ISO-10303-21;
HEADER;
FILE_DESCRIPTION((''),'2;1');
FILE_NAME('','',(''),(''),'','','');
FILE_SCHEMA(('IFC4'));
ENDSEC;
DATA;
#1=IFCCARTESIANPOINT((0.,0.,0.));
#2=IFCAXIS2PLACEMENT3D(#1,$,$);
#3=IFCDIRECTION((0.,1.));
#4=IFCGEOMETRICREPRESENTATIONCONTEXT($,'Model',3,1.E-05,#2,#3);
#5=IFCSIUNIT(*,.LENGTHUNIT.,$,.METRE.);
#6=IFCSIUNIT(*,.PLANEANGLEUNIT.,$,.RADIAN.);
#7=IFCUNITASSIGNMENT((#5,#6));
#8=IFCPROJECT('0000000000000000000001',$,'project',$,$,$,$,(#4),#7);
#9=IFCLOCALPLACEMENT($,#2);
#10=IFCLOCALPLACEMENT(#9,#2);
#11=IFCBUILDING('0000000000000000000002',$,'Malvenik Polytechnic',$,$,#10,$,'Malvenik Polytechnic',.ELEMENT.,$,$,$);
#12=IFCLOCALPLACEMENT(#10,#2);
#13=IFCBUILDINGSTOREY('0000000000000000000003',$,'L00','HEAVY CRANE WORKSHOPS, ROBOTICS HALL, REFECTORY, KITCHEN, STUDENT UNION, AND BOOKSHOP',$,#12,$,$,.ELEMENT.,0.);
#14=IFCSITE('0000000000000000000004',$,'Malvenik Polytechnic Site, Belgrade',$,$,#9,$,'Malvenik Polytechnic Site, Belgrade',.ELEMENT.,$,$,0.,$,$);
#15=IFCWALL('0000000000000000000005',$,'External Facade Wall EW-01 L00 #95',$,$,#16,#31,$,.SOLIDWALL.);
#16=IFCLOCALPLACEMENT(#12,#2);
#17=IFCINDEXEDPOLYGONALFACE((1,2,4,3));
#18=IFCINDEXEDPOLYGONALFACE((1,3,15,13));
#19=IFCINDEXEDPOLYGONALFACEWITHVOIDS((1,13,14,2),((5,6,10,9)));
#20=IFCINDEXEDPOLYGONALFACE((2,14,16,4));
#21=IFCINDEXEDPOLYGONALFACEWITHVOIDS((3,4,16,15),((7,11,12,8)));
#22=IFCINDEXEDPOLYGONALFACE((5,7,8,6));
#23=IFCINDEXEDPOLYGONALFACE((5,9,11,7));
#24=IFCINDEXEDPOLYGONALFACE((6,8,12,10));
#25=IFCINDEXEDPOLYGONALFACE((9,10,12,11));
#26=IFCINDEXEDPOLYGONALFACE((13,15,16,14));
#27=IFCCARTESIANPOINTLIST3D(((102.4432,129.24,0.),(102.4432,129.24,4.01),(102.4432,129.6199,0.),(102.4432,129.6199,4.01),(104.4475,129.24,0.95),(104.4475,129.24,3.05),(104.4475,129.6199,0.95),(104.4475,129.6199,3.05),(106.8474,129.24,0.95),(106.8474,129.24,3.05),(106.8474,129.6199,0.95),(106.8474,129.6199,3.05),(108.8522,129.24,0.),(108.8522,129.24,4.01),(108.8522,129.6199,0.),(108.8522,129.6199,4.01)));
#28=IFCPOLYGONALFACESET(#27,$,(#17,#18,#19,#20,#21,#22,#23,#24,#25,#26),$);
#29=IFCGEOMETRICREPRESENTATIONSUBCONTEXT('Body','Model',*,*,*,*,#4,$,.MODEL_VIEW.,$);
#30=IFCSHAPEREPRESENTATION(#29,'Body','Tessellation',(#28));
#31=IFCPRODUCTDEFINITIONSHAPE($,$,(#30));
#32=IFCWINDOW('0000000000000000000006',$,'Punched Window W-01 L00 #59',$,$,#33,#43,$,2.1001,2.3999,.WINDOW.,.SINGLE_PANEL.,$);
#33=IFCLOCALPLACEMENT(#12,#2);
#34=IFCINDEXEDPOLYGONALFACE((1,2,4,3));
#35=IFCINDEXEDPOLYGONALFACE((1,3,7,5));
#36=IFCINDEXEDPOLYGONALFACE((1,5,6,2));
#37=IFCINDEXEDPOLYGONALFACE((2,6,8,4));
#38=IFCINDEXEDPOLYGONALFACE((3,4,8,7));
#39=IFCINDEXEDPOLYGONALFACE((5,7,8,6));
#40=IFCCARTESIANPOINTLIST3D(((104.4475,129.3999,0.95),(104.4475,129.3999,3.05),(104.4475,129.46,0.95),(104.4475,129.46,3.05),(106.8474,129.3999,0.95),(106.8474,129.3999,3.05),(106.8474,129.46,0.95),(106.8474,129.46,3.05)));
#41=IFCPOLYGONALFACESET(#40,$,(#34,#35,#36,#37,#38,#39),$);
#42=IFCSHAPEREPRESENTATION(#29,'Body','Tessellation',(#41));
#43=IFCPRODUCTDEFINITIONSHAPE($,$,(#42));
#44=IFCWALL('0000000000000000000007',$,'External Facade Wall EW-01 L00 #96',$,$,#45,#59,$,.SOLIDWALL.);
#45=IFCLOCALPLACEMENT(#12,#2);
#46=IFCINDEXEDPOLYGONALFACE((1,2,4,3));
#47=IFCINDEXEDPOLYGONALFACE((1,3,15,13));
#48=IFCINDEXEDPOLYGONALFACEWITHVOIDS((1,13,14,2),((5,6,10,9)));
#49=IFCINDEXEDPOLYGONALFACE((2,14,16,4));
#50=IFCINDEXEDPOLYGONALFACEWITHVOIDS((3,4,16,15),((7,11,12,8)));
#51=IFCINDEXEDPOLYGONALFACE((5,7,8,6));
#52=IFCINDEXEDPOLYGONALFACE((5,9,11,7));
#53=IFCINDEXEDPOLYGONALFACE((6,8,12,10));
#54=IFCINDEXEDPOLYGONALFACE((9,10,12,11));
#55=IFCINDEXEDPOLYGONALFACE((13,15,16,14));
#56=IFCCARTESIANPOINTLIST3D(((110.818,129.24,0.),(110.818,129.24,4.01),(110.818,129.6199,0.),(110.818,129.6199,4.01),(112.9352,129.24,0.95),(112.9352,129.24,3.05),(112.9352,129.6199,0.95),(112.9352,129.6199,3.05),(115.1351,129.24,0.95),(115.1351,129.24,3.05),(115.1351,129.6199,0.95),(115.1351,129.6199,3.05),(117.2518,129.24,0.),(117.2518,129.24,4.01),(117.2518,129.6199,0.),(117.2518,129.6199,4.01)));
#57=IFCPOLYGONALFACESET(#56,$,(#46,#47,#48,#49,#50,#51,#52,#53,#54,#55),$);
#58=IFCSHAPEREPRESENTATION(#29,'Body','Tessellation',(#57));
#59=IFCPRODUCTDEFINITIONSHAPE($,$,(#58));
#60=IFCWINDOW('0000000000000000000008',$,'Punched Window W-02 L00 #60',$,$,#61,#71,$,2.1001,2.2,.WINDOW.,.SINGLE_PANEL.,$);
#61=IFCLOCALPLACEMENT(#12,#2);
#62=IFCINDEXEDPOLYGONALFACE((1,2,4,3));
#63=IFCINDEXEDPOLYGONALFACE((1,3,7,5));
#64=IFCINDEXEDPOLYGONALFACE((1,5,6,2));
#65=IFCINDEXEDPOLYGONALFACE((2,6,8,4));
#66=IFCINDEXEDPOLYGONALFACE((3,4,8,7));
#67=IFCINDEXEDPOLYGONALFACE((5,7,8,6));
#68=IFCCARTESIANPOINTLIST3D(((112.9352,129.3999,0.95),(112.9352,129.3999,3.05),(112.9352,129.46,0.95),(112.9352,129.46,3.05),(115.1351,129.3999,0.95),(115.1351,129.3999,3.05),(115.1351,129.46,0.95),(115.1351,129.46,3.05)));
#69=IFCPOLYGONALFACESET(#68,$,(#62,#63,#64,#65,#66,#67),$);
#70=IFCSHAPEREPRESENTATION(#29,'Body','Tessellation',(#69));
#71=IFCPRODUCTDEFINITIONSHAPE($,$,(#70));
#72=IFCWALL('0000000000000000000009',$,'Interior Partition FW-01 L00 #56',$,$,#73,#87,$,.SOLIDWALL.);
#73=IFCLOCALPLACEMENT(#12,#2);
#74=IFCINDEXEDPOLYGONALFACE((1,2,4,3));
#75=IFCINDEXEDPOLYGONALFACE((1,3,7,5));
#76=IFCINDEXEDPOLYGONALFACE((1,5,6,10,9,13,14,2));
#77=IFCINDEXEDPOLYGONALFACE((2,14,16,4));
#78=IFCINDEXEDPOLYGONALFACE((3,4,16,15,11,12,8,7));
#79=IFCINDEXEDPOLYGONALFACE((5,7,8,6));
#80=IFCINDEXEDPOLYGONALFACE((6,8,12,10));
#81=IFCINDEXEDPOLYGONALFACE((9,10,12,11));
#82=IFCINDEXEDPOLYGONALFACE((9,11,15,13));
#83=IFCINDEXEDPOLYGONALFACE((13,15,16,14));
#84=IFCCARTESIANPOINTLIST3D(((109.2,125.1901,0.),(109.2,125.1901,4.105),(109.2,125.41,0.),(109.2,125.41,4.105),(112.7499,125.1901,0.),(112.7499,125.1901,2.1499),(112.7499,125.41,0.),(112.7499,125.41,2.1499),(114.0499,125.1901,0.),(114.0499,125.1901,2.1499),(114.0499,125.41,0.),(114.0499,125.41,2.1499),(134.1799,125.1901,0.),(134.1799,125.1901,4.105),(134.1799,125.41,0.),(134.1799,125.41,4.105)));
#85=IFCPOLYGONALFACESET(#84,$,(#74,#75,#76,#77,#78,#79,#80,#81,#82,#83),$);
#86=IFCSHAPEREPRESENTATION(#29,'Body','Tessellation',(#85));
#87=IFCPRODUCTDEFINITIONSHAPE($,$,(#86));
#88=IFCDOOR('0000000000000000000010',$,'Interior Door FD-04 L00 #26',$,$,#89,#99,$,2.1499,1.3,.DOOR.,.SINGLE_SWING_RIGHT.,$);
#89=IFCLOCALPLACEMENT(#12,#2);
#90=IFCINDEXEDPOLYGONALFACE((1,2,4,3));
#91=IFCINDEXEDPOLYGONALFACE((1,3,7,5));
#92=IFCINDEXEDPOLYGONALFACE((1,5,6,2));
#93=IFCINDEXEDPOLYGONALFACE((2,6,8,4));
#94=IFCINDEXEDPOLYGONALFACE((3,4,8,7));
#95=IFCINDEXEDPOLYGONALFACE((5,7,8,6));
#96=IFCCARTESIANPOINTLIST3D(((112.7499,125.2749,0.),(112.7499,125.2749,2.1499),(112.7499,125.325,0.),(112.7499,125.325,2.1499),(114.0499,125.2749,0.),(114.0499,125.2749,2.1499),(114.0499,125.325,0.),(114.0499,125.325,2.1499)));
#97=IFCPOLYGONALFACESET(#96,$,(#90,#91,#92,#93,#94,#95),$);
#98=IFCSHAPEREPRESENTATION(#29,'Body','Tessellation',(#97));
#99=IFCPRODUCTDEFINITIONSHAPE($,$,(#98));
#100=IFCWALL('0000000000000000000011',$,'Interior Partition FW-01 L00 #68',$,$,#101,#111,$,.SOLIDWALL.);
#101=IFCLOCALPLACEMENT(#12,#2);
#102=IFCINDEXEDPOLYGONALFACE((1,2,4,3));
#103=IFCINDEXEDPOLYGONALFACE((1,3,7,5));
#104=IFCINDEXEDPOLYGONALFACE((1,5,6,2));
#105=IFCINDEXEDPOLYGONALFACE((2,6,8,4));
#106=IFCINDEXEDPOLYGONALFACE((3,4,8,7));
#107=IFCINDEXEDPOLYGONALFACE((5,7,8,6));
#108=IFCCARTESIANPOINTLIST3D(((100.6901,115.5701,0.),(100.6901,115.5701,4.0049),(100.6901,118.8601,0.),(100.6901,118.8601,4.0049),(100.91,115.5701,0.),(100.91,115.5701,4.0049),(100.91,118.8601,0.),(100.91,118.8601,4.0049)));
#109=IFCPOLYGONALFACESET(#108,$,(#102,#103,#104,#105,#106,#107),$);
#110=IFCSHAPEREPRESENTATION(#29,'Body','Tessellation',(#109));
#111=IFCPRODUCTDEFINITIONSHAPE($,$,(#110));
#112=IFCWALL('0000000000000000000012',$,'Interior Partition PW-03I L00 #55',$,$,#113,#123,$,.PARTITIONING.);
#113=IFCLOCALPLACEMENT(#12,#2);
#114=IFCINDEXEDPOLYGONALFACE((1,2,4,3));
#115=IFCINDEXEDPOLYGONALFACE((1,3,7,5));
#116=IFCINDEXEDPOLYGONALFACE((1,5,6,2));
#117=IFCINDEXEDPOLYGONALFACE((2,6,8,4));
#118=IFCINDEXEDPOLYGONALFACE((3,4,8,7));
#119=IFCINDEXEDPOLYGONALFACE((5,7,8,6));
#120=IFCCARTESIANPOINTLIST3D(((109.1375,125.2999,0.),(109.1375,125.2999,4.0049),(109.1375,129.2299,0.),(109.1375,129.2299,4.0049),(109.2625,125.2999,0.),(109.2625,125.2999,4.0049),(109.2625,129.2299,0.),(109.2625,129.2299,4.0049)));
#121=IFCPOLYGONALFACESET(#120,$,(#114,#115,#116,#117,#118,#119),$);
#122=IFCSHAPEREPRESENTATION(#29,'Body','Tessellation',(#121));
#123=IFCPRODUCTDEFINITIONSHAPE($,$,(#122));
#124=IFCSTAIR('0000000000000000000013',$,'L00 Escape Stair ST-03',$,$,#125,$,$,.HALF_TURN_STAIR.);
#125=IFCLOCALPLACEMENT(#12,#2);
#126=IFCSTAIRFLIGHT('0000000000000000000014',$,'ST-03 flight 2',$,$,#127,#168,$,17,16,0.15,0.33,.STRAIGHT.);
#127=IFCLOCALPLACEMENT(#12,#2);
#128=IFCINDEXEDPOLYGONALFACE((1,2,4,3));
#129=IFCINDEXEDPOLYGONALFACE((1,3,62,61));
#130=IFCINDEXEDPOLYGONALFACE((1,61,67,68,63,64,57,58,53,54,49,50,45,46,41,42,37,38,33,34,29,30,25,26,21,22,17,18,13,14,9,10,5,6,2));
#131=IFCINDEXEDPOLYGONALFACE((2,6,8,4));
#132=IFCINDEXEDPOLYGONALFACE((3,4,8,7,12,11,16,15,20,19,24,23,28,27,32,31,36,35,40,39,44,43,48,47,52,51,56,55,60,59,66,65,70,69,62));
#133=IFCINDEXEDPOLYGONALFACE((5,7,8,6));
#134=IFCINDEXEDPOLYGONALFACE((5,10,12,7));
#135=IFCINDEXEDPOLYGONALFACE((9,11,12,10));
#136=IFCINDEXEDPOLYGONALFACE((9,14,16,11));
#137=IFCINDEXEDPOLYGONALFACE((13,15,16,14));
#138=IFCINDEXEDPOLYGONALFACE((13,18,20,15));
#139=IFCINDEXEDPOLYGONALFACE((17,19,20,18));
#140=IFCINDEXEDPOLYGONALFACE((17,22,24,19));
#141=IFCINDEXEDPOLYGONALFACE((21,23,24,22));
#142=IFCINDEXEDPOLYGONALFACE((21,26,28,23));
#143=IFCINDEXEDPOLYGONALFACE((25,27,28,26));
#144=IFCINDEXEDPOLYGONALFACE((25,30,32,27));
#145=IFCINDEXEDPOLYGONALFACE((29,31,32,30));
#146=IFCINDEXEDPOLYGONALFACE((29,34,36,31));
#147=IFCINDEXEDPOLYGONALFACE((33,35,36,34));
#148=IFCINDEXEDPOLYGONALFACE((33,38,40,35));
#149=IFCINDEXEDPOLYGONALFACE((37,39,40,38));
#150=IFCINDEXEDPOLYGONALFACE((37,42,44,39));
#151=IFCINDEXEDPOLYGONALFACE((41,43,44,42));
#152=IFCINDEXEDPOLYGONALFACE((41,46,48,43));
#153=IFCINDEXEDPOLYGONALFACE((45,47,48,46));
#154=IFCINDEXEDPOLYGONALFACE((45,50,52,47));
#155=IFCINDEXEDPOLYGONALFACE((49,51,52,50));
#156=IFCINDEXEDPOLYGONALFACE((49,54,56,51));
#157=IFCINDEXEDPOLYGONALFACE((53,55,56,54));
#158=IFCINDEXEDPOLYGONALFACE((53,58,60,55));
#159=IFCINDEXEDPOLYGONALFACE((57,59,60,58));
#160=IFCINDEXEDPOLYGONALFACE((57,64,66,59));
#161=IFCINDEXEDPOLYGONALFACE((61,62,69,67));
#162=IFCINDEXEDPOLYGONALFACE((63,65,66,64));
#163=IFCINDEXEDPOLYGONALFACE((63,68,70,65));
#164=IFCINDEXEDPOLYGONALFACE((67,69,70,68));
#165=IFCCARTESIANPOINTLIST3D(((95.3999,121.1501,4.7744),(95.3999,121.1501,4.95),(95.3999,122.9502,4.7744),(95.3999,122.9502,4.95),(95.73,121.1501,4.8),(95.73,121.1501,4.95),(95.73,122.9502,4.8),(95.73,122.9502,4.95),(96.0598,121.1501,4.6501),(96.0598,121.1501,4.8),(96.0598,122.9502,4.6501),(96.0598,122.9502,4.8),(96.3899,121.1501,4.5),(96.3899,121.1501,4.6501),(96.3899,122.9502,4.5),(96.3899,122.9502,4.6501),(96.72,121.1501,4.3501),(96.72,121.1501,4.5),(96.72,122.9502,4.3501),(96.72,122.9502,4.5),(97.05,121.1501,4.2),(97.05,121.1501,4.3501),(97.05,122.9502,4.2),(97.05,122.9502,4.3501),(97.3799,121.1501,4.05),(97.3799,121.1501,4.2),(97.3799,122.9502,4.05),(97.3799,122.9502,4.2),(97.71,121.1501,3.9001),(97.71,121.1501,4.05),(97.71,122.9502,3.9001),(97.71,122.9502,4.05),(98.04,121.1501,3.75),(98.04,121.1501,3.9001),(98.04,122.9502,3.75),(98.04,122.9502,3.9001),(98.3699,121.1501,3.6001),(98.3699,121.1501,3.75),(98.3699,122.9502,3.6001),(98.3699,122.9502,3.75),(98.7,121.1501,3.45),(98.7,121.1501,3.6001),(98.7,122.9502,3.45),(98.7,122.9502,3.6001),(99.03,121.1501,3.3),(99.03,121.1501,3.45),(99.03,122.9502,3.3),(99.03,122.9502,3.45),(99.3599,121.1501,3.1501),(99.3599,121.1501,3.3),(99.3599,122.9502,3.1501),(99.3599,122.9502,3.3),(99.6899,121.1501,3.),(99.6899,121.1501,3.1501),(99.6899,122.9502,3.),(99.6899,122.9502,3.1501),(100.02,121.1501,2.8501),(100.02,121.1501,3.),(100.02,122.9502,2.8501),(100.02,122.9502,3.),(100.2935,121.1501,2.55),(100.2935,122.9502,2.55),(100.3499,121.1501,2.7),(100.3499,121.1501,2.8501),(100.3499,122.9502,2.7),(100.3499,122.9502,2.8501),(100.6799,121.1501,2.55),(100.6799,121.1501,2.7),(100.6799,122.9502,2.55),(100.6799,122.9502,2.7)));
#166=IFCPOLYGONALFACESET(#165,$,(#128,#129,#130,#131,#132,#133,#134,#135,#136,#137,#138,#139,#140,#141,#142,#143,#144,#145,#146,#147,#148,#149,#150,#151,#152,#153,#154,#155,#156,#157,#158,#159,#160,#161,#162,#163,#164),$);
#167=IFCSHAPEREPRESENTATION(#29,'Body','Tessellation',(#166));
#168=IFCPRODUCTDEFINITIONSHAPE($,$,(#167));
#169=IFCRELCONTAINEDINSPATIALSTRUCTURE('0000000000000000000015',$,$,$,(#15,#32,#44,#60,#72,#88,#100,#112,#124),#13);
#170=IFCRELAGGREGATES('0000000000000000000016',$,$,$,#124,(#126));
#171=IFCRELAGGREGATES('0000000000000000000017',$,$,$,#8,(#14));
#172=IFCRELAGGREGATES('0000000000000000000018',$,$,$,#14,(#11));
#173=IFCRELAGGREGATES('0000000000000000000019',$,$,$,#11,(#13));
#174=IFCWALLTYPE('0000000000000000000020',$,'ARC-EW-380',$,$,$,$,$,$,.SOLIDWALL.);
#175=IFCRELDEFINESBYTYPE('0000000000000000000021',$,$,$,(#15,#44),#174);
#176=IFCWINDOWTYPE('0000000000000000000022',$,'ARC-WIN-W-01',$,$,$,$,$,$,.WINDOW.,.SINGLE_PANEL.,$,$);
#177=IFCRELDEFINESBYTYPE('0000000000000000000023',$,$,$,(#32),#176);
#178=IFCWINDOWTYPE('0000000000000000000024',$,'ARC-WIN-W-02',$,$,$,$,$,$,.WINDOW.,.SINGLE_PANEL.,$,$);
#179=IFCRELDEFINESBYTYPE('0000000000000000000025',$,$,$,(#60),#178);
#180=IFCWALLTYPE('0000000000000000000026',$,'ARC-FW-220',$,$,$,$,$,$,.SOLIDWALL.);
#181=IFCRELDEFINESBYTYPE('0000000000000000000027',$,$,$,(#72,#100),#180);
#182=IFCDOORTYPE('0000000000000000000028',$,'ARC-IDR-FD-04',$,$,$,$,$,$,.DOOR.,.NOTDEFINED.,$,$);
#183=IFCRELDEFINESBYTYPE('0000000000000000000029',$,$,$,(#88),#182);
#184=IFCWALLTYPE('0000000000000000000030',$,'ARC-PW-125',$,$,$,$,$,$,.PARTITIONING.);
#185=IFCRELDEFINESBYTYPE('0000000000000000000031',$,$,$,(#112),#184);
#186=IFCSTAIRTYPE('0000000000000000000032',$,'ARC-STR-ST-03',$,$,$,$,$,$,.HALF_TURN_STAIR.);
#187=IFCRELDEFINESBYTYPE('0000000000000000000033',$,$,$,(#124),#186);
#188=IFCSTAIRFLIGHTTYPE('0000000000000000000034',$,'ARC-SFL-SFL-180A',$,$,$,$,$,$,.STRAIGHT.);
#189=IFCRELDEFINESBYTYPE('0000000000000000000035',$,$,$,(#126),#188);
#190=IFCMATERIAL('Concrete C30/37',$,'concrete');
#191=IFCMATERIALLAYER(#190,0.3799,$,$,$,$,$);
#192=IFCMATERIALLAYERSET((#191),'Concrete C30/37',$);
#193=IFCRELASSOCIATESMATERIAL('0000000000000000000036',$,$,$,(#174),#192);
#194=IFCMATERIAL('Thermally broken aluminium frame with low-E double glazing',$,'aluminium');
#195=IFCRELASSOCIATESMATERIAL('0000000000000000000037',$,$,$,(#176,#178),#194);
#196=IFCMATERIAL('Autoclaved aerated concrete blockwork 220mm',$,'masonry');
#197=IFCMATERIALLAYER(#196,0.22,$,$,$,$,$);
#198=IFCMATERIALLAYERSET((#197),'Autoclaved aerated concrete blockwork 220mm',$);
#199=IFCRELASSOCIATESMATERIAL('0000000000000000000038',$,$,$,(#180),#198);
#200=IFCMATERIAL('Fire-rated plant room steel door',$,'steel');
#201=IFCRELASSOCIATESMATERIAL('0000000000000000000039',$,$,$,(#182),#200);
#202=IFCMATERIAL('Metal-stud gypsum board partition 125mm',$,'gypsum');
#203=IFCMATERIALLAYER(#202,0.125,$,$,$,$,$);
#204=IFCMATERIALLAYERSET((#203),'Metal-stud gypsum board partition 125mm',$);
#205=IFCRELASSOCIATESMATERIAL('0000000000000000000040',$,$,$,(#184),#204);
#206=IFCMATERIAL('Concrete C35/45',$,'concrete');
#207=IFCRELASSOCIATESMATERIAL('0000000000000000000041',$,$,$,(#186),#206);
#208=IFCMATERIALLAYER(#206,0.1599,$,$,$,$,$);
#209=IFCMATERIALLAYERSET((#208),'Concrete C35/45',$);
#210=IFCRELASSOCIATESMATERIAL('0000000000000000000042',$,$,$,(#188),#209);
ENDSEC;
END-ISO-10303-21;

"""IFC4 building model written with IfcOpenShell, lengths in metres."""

from ifc_helpers import new_model, si_unit, direction, frame, frame_2d, origin, place, context, subcontext, project, spatial, polyline, rectangle, outline, extrude, material, layer, layer_set, type_object, element, fill, aggregate, save


model = new_model("IFC4")

# Units and contexts
model_context = context("Model", 3, precision=1e-05, world=origin(), true_north=direction((0.0, 1.0)))
body_context = subcontext(model_context, "Body", "Model", "MODEL_VIEW")
ifc_project = project(units=[si_unit("LENGTHUNIT", "METRE"), si_unit("PLANEANGLEUNIT", "RADIAN")], contexts=[model_context])

# Site, building, storey
site_placement = place(None, origin())
site = spatial("IfcSite", under=ifc_project, at=site_placement, Name="Malvenik Polytechnic Site, Belgrade", LongName="Malvenik Polytechnic Site, Belgrade", CompositionType="ELEMENT", RefElevation=0.0)
building_placement = place(site_placement, origin())
building = spatial("IfcBuilding", under=site, at=building_placement, Name="Malvenik Polytechnic", LongName="Malvenik Polytechnic", CompositionType="ELEMENT")
storey_placement = place(building_placement, origin())
storey = spatial("IfcBuildingStorey", under=building, at=storey_placement, Name="L00", Description="HEAVY CRANE WORKSHOPS, ROBOTICS HALL, REFECTORY, KITCHEN, STUDENT UNION, AND BOOKSHOP", CompositionType="ELEMENT", Elevation=0.0)

# Shared definitions
ifc_material_1 = material(Name="Concrete C35/45", Category="concrete")

# Walls, openings, windows
ifc_material_2 = material(Name="Concrete C30/37", Category="concrete")
ifc_layer_1 = layer(ifc_material_2, 0.3799)
ifc_layer_set_1 = layer_set([ifc_layer_1], Name="Concrete C30/37")
wall_type_1 = type_object("IfcWallType", Name="ARC-EW-380", PredefinedType="SOLIDWALL", material=ifc_layer_set_1)
wall_1_placement = place(storey_placement, frame((102.4431, 129.4299, 0.0), z_axis=(0.0, 0.0, 1.0), x_axis=(1.0, 0.0, 0.0)))
wall_1 = element("IfcWall", 1, at=wall_1_placement, inside=storey, type_object=wall_type_1, Name="External Facade Wall EW-01 L00 #95", PredefinedType="SOLIDWALL", context=body_context, shape_type="SweptSolid", body=[
    extrude(rectangle(XDim=6.4089, YDim=0.3799, at=frame_2d((3.2046, 0.0))), origin(), (0.0, 0.0, 1.0), 4.01),
])
opening_1_placement = place(wall_1_placement, frame((2.0044, 0.0, 0.95)))
opening_1 = element("IfcOpeningElement", 2, at=opening_1_placement, cuts=wall_1, PredefinedType="OPENING", context=body_context, shape_type="SweptSolid", body=[
    extrude(rectangle(XDim=2.3999, YDim=2.1001, at=frame_2d((1.2, 1.05))), frame((0.0, 0.2, 0.0), z_axis=(0.0, -1.0, 0.0), x_axis=(1.0, 0.0, 0.0)), (0.0, 0.0, 1.0), 0.3999),
])
ifc_material_3 = material(Name="Thermally broken aluminium frame with low-E double glazing", Category="aluminium")
window_type_1 = type_object("IfcWindowType", Name="ARC-WIN-W-01", PartitioningType="SINGLE_PANEL", PredefinedType="WINDOW", material=ifc_material_3)
window_1_placement = place(opening_1_placement, origin())
window_1 = element("IfcWindow", 3, at=window_1_placement, inside=storey, type_object=window_type_1, Name="Punched Window W-01 L00 #59", OverallHeight=2.1001, OverallWidth=2.3999, PartitioningType="SINGLE_PANEL", PredefinedType="WINDOW", context=body_context, shape_type="SweptSolid", body=[
    extrude(rectangle(XDim=2.3999, YDim=2.1001, at=frame_2d((1.2, 1.05))), frame((0.0, 0.03, 0.0), z_axis=(0.0, -1.0, 0.0), x_axis=(1.0, 0.0, 0.0)), (0.0, 0.0, 1.0), 0.0601),
])
fill(opening_1, window_1)
wall_2_placement = place(storey_placement, frame((110.8181, 129.4299, 0.0), z_axis=(0.0, 0.0, 1.0), x_axis=(1.0, 0.0, 0.0)))
wall_2 = element("IfcWall", 4, at=wall_2_placement, inside=storey, type_object=wall_type_1, Name="External Facade Wall EW-01 L00 #96", PredefinedType="SOLIDWALL", context=body_context, shape_type="SweptSolid", body=[
    extrude(rectangle(XDim=6.4338, YDim=0.3799, at=frame_2d((3.2168, 0.0))), origin(), (0.0, 0.0, 1.0), 4.01),
])
opening_2_placement = place(wall_2_placement, frame((2.1169, 0.0, 0.95)))
opening_2 = element("IfcOpeningElement", 5, at=opening_2_placement, cuts=wall_2, PredefinedType="OPENING", context=body_context, shape_type="SweptSolid", body=[
    extrude(rectangle(XDim=2.2, YDim=2.1001, at=frame_2d((1.1001, 1.05))), frame((0.0, 0.2, 0.0), z_axis=(0.0, -1.0, 0.0), x_axis=(1.0, 0.0, 0.0)), (0.0, 0.0, 1.0), 0.3999),
])
window_type_2 = type_object("IfcWindowType", Name="ARC-WIN-W-02", PartitioningType="SINGLE_PANEL", PredefinedType="WINDOW", material=ifc_material_3)
window_2_placement = place(opening_2_placement, origin())
window_2 = element("IfcWindow", 6, at=window_2_placement, inside=storey, type_object=window_type_2, Name="Punched Window W-02 L00 #60", OverallHeight=2.1001, OverallWidth=2.2, PartitioningType="SINGLE_PANEL", PredefinedType="WINDOW", context=body_context, shape_type="SweptSolid", body=[
    extrude(rectangle(XDim=2.2, YDim=2.1001, at=frame_2d((1.1001, 1.05))), frame((0.0, 0.03, 0.0), z_axis=(0.0, -1.0, 0.0), x_axis=(1.0, 0.0, 0.0)), (0.0, 0.0, 1.0), 0.0601),
])
fill(opening_2, window_2)

# Wall, opening, door
ifc_material_4 = material(Name="Autoclaved aerated concrete blockwork 220mm", Category="masonry")
ifc_layer_2 = layer(ifc_material_4, 0.22)
ifc_layer_set_2 = layer_set([ifc_layer_2], Name="Autoclaved aerated concrete blockwork 220mm")
wall_type_2 = type_object("IfcWallType", Name="ARC-FW-220", PredefinedType="SOLIDWALL", material=ifc_layer_set_2)
wall_3_placement = place(storey_placement, frame((109.2, 125.3, 0.0), z_axis=(0.0, 0.0, 1.0), x_axis=(1.0, 0.0, 0.0)))
wall_3 = element("IfcWall", 7, at=wall_3_placement, inside=storey, type_object=wall_type_2, Name="Interior Partition FW-01 L00 #56", PredefinedType="SOLIDWALL", context=body_context, shape_type="SweptSolid", body=[
    extrude(rectangle(XDim=24.98, YDim=0.22, at=frame_2d((12.49, 0.0))), origin(), (0.0, 0.0, 1.0), 4.105),
])
opening_3_placement = place(wall_3_placement, frame((3.55, 0.0, 0.0)))
opening_3 = element("IfcOpeningElement", 8, at=opening_3_placement, cuts=wall_3, PredefinedType="OPENING", context=body_context, shape_type="SweptSolid", body=[
    extrude(rectangle(XDim=1.3, YDim=2.1499, at=frame_2d((0.6499, 1.075))), frame((0.0, 0.1201, 0.0), z_axis=(0.0, -1.0, 0.0), x_axis=(1.0, 0.0, 0.0)), (0.0, 0.0, 1.0), 0.24),
])
ifc_material_5 = material(Name="Fire-rated plant room steel door", Category="steel")
door_type_1 = type_object("IfcDoorType", Name="ARC-IDR-FD-04", OperationType="NOTDEFINED", PredefinedType="DOOR", material=ifc_material_5)
door_1_placement = place(opening_3_placement, origin())
door_1 = element("IfcDoor", 9, at=door_1_placement, inside=storey, type_object=door_type_1, Name="Interior Door FD-04 L00 #26", OperationType="SINGLE_SWING_RIGHT", OverallHeight=2.1499, OverallWidth=1.3, PredefinedType="DOOR", context=body_context, shape_type="SweptSolid", body=[
    extrude(rectangle(XDim=1.3, YDim=2.1499, at=frame_2d((0.6499, 1.075))), frame((0.0, 0.0249, 0.0), z_axis=(0.0, -1.0, 0.0), x_axis=(1.0, 0.0, 0.0)), (0.0, 0.0, 1.0), 0.05),
])
fill(opening_3, door_1)

# Walls
wall_4_placement = place(storey_placement, frame((100.8, 115.5701, 0.0), z_axis=(0.0, 0.0, 1.0), x_axis=(0.0, 1.0, 0.0)))
element("IfcWall", 10, at=wall_4_placement, inside=storey, type_object=wall_type_2, Name="Interior Partition FW-01 L00 #68", PredefinedType="SOLIDWALL", context=body_context, shape_type="SweptSolid", body=[
    extrude(rectangle(XDim=3.29, YDim=0.22, at=frame_2d((1.645, 0.0))), origin(), (0.0, 0.0, 1.0), 4.0049),
])
ifc_material_6 = material(Name="Metal-stud gypsum board partition 125mm", Category="gypsum")
ifc_layer_3 = layer(ifc_material_6, 0.125)
ifc_layer_set_3 = layer_set([ifc_layer_3], Name="Metal-stud gypsum board partition 125mm")
wall_type_3 = type_object("IfcWallType", Name="ARC-PW-125", PredefinedType="PARTITIONING", material=ifc_layer_set_3)
wall_5_placement = place(storey_placement, frame((109.2, 125.3, 0.0), z_axis=(0.0, 0.0, 1.0), x_axis=(0.0, 1.0, 0.0)))
element("IfcWall", 11, at=wall_5_placement, inside=storey, type_object=wall_type_3, Name="Interior Partition PW-03I L00 #55", PredefinedType="PARTITIONING", context=body_context, shape_type="SweptSolid", body=[
    extrude(rectangle(XDim=3.9299, YDim=0.125, at=frame_2d((1.9648, 0.0))), origin(), (0.0, 0.0, 1.0), 4.0049),
])

# Stair, stair flight
stair_type = type_object("IfcStairType", Name="ARC-STR-ST-03", PredefinedType="HALF_TURN_STAIR", material=ifc_material_1)
stair_placement = place(storey_placement, origin())
stair = element("IfcStair", 12, at=stair_placement, inside=storey, type_object=stair_type, Name="L00 Escape Stair ST-03", PredefinedType="HALF_TURN_STAIR")
ifc_layer_4 = layer(ifc_material_1, 0.1599)
ifc_layer_set_4 = layer_set([ifc_layer_4], Name="Concrete C35/45")
stair_flight_type = type_object("IfcStairFlightType", Name="ARC-SFL-SFL-180A", PredefinedType="STRAIGHT", material=ifc_layer_set_4)
stair_flight_placement = place(storey_placement, frame((100.6799, 122.05, 2.55), z_axis=(0.0, 0.0, 1.0), x_axis=(-1.0, 0.0, 0.0)))
stair_flight = element("IfcStairFlight", 13, at=stair_flight_placement, type_object=stair_flight_type, Name="ST-03 flight 2", NumberOfRisers=17, NumberOfTreads=16, PredefinedType="STRAIGHT", RiserHeight=0.15, TreadLength=0.33, context=body_context, shape_type="SweptSolid", body=[
    extrude(outline(polyline([(0.0, 0.0), (0.0, 0.1499), (0.3301, 0.1499), (0.3301, 0.3), (0.6599, 0.3), (0.6599, 0.45), (0.99, 0.45), (0.99, 0.6001), (1.3201, 0.6001), (1.3201, 0.75), (1.6499, 0.75), (1.6499, 0.8999), (1.98, 0.8999), (1.98, 1.05), (2.3101, 1.05), (2.3101, 1.2), (2.6399, 1.2), (2.6399, 1.3501), (2.97, 1.3501), (2.97, 1.5), (3.3, 1.5), (3.3, 1.6499), (3.6299, 1.6499), (3.6299, 1.8), (3.96, 1.8), (3.96, 1.95), (4.29, 1.95), (4.29, 2.1001), (4.6201, 2.1001), (4.6201, 2.25), (4.95, 2.25), (4.95, 2.3999), (5.28, 2.3999), (5.28, 2.55), (5.28, 2.2244), (0.3865, 0.0), (0.0, 0.0)])), frame((0.0, 0.8999, 0.0), z_axis=(0.0, -1.0, 0.0), x_axis=(1.0, 0.0, 0.0)), (0.0, 0.0, 1.0), 1.8),
])
aggregate(stair, [stair_flight])

save(model, "model.ifc")
